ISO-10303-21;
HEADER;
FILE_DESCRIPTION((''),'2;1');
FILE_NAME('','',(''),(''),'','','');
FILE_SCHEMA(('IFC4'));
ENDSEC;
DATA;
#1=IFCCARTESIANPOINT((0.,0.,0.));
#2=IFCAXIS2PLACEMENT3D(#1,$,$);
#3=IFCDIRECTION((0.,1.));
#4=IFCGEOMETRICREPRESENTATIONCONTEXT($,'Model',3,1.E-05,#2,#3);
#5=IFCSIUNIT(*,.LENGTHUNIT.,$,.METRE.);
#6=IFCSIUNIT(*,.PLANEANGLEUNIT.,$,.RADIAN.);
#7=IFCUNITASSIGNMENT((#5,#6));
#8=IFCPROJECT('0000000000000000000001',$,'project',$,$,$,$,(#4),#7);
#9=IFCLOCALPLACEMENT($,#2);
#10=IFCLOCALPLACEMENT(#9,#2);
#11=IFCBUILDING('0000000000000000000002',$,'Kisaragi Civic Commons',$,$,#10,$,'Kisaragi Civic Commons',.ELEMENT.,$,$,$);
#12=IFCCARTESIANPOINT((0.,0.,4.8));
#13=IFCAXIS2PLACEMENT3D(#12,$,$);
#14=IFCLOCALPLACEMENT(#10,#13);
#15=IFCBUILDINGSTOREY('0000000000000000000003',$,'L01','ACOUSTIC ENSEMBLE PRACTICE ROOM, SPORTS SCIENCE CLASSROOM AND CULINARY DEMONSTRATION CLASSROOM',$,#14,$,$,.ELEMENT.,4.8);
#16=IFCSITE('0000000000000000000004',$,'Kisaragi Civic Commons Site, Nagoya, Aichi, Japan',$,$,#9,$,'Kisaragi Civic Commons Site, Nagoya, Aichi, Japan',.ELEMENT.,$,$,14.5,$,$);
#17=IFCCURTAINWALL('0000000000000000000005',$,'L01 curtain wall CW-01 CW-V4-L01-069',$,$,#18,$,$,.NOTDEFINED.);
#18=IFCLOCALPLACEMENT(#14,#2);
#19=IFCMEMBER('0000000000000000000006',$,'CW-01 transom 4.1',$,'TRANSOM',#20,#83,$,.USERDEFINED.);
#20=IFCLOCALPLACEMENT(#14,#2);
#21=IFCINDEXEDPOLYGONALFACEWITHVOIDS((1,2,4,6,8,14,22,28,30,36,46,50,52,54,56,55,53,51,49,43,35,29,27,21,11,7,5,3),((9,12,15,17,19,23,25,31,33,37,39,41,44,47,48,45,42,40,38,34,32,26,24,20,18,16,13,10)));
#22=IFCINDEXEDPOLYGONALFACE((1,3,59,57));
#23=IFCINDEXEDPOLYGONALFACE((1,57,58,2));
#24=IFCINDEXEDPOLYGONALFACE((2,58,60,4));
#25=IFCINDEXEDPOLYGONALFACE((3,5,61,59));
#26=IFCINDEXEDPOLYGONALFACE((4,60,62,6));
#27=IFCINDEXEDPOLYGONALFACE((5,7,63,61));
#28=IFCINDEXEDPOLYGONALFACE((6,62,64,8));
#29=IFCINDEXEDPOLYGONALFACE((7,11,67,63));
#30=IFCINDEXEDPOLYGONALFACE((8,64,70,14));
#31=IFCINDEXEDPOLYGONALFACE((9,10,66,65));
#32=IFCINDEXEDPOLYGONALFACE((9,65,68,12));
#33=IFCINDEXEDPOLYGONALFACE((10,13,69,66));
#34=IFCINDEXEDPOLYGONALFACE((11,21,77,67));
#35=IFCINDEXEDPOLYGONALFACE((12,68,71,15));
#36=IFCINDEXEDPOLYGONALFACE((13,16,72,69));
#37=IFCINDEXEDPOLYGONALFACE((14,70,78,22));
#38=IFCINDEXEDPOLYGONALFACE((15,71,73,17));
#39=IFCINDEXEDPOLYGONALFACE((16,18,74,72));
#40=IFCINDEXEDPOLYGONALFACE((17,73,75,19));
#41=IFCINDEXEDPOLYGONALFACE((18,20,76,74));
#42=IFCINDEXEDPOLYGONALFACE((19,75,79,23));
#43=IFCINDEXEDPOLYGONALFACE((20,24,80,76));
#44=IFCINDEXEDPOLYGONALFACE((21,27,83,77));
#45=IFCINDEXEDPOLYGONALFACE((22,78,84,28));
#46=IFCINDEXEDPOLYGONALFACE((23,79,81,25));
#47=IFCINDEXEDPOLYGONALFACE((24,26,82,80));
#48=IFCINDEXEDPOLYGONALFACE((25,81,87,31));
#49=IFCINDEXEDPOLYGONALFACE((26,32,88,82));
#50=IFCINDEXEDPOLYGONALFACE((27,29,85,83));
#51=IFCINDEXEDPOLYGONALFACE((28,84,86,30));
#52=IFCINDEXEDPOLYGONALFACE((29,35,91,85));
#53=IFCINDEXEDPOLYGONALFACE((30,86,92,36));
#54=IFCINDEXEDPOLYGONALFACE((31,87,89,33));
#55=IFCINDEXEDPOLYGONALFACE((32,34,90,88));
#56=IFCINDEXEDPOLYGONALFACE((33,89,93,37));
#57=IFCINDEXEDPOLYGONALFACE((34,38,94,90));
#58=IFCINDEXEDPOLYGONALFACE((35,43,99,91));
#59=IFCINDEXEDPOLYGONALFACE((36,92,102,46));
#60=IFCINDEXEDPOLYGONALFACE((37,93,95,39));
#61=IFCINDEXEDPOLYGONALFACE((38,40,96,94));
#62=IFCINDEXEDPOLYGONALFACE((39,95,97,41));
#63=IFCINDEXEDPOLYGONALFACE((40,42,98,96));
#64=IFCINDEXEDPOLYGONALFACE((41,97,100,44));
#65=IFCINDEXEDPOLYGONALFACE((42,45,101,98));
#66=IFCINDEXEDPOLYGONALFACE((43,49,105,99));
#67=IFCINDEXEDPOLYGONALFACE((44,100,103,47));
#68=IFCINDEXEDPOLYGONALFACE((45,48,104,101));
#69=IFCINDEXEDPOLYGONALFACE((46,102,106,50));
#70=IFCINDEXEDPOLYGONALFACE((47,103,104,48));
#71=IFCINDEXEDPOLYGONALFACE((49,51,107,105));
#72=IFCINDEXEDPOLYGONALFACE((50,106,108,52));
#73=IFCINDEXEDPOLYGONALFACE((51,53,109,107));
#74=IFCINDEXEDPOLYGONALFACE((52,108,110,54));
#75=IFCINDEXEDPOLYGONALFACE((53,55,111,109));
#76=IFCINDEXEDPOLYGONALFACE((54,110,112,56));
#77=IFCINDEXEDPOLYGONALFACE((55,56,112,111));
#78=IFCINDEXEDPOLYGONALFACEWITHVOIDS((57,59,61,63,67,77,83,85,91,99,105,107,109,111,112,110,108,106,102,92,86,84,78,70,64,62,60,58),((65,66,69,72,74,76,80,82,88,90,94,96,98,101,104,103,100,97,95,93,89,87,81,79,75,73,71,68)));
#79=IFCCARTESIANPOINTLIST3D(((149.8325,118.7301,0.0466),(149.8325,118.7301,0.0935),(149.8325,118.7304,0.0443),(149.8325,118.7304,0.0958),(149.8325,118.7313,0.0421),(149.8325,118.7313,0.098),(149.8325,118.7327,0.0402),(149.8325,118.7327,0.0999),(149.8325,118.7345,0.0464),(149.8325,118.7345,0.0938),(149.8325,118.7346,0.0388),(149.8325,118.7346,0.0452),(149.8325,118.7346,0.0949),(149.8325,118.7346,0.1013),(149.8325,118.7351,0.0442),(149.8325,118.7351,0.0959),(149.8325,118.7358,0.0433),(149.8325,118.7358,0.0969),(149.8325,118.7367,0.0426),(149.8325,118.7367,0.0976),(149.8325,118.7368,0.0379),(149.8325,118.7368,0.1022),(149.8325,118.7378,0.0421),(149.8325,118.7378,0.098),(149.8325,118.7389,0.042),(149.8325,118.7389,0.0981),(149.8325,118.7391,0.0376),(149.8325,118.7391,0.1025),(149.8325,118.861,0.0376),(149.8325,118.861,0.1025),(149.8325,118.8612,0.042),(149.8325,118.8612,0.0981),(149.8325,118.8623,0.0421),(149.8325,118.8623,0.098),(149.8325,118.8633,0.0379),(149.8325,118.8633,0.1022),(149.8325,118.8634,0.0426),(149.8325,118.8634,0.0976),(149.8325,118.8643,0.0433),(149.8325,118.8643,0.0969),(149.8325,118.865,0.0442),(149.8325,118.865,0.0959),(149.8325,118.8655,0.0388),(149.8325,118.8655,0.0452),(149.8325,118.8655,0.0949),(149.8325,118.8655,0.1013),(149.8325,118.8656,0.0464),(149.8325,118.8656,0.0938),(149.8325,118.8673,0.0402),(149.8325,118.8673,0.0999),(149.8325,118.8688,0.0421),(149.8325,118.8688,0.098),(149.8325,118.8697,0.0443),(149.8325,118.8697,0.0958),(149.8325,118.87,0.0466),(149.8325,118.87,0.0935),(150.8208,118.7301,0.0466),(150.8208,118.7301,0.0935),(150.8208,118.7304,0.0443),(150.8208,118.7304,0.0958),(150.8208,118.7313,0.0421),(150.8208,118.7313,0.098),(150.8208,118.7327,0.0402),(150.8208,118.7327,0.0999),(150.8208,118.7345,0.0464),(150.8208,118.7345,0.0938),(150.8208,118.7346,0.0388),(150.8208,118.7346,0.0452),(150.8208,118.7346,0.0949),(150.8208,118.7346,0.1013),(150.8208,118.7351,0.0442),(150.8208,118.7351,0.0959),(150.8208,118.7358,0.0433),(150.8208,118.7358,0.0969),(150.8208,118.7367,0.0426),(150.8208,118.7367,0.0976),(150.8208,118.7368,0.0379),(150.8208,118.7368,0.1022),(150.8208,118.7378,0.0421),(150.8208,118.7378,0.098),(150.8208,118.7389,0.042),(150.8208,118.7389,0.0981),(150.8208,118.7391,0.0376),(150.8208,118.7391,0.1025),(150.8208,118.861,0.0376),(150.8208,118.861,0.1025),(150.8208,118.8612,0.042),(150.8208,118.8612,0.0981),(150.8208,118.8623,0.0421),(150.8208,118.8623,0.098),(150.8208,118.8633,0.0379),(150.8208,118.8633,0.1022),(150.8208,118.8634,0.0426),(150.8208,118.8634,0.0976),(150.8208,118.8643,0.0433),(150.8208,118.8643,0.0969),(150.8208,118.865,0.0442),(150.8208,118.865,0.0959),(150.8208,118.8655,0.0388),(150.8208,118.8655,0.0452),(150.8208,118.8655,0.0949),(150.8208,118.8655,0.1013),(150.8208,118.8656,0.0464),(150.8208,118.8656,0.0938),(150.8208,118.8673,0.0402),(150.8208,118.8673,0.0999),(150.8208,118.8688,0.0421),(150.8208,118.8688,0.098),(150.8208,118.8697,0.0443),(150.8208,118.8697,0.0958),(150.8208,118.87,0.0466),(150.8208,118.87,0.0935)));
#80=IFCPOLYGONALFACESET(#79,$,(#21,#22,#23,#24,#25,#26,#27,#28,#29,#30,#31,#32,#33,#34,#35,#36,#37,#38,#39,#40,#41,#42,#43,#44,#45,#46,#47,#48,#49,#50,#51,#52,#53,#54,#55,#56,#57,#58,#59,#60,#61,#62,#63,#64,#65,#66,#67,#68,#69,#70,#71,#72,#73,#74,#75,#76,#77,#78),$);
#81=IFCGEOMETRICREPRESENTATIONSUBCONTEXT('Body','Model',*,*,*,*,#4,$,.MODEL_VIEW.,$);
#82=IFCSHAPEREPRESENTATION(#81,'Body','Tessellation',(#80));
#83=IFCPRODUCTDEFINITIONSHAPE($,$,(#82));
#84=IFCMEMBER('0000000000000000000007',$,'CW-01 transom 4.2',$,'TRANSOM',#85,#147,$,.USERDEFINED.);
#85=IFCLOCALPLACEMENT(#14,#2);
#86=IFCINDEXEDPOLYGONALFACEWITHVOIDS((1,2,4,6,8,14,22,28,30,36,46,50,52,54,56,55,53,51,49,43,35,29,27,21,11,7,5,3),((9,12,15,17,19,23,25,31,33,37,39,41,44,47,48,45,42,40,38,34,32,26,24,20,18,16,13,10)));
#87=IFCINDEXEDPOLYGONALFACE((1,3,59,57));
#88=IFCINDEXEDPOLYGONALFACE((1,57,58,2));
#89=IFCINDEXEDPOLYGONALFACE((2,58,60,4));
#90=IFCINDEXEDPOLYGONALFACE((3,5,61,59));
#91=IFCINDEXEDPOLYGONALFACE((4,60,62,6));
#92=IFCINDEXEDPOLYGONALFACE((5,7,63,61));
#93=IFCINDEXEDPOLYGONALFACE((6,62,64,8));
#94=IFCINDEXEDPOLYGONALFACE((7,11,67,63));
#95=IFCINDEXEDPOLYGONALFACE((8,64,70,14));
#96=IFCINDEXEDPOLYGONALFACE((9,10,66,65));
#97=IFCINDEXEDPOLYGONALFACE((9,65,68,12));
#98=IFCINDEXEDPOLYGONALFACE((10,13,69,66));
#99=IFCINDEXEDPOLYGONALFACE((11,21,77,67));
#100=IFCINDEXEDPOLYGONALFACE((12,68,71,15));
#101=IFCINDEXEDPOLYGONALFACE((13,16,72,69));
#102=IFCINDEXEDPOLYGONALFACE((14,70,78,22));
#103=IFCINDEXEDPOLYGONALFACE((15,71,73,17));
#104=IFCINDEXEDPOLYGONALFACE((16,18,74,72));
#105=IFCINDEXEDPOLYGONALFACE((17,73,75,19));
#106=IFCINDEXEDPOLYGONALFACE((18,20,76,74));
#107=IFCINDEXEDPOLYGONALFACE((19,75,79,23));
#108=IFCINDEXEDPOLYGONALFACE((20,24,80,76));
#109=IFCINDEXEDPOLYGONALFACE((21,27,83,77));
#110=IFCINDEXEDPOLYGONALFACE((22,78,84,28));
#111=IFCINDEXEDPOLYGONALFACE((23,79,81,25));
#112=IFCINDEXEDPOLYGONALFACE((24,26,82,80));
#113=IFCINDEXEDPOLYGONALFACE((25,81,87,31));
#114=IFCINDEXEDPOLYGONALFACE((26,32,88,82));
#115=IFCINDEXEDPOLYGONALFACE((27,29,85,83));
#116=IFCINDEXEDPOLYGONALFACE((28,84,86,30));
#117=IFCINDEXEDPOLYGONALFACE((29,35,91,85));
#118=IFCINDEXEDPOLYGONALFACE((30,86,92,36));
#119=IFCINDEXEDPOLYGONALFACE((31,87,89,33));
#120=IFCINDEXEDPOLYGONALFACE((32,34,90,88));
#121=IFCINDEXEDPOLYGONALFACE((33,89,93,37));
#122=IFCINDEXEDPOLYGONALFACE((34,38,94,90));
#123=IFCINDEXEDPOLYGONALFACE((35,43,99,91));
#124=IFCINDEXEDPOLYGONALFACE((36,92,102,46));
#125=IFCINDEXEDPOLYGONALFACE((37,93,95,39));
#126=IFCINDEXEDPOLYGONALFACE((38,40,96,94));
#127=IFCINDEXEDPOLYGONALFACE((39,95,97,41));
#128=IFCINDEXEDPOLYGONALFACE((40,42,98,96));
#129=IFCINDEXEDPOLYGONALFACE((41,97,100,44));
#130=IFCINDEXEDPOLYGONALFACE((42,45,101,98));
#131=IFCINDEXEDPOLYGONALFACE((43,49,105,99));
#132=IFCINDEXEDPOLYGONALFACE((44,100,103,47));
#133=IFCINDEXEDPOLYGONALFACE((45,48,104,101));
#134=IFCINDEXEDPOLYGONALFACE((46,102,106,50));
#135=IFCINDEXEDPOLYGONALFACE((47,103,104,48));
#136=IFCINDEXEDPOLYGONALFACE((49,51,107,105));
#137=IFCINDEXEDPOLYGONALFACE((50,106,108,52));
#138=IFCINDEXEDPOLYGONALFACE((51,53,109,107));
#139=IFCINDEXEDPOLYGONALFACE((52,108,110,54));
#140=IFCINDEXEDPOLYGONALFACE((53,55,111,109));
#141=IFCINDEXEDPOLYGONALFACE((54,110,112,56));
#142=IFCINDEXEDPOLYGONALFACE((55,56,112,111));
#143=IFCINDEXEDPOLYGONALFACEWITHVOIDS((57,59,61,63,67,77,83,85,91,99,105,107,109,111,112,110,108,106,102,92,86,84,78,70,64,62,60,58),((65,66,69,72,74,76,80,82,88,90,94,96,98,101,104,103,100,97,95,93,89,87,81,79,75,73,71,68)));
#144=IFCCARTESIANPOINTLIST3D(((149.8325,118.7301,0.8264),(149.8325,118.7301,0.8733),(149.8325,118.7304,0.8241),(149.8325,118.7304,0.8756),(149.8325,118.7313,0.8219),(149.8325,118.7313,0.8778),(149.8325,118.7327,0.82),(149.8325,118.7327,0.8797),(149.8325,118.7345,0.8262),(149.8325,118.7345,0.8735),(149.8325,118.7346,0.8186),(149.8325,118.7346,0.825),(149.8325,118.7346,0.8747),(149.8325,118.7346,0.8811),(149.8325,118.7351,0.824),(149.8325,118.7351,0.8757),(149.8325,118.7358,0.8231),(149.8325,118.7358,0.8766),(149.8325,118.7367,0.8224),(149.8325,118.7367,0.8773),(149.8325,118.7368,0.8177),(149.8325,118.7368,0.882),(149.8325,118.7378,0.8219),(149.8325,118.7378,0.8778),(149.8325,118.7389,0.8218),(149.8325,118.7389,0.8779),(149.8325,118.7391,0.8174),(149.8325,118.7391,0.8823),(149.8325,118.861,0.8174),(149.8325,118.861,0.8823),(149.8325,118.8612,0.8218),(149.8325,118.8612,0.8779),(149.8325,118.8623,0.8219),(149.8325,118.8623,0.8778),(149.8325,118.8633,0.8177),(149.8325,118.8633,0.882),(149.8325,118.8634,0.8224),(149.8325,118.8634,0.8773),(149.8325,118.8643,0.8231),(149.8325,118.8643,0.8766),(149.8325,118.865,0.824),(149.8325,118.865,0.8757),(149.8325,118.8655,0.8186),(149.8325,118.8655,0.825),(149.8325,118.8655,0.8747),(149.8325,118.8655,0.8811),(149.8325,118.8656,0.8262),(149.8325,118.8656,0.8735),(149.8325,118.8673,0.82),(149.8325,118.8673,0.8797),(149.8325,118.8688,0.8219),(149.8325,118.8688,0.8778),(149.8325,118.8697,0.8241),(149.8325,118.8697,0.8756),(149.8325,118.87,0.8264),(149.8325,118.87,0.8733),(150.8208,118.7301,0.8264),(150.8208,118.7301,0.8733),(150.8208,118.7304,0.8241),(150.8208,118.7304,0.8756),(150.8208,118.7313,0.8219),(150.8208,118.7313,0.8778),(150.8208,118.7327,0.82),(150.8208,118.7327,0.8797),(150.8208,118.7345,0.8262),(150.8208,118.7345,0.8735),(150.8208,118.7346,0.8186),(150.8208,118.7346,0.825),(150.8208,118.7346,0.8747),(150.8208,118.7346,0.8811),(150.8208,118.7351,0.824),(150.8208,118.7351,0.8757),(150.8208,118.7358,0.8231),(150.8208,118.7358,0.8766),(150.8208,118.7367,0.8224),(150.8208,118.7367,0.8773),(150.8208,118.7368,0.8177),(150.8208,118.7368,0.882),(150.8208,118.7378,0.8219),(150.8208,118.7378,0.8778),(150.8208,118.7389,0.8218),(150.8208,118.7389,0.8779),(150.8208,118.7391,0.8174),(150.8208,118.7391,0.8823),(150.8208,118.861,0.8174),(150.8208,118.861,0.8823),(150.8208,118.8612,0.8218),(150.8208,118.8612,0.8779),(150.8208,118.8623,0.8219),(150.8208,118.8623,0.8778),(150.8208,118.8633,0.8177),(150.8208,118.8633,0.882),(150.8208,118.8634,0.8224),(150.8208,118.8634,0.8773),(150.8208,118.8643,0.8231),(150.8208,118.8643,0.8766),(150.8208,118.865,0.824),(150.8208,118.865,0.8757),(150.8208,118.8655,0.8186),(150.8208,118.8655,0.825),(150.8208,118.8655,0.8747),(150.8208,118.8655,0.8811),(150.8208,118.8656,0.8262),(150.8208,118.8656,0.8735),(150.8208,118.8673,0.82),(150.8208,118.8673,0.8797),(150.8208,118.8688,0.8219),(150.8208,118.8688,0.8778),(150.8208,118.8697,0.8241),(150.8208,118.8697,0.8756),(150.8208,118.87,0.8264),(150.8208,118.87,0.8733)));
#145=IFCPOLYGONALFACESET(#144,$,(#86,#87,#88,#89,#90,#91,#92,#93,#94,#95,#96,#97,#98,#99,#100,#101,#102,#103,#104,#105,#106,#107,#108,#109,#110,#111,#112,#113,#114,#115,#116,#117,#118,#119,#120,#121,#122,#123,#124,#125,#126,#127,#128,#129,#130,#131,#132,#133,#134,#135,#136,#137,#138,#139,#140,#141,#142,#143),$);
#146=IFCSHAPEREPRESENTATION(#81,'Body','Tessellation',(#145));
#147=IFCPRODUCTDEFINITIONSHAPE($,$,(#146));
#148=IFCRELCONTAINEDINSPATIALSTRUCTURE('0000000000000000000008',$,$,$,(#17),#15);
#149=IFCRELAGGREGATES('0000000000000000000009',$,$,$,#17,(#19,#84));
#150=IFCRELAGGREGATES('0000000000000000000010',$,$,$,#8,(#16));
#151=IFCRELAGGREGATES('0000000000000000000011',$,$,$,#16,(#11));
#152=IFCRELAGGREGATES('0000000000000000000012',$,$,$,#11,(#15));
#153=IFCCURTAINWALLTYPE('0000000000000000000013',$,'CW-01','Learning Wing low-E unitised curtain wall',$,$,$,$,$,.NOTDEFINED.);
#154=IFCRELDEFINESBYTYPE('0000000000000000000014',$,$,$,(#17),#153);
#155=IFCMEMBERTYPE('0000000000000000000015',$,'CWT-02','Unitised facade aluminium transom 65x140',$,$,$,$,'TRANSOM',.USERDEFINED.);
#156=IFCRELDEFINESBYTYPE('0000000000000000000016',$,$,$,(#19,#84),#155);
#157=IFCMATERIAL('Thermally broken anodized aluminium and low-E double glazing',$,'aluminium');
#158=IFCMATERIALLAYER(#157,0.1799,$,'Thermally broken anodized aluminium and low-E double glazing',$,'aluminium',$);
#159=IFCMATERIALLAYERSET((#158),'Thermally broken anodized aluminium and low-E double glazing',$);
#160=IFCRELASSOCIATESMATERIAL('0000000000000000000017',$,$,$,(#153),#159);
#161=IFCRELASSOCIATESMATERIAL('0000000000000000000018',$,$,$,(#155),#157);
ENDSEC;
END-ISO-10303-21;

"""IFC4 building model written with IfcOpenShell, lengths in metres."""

from ifc_helpers import new_model, si_unit, direction, frame, origin, origin_2d, place, context, subcontext, project, spatial, hollow_rectangle, extrude, material, layer, layer_set, material_profile, profile_set, type_object, element, aggregate, save


model = new_model("IFC4")

# Units and contexts
model_context = context("Model", 3, precision=1e-05, world=origin(), true_north=direction((0.0, 1.0)))
body_context = subcontext(model_context, "Body", "Model", "MODEL_VIEW")
ifc_project = project(units=[si_unit("LENGTHUNIT", "METRE"), si_unit("PLANEANGLEUNIT", "RADIAN")], contexts=[model_context])

# Site, building, storey
site_placement = place(None, origin())
site = spatial("IfcSite", under=ifc_project, at=site_placement, Name="Kisaragi Civic Commons Site, Nagoya, Aichi, Japan", LongName="Kisaragi Civic Commons Site, Nagoya, Aichi, Japan", CompositionType="ELEMENT", RefElevation=14.5)
building_placement = place(site_placement, origin())
building = spatial("IfcBuilding", under=site, at=building_placement, Name="Kisaragi Civic Commons", LongName="Kisaragi Civic Commons", CompositionType="ELEMENT")
storey_placement = place(building_placement, frame((0.0, 0.0, 4.8)))
storey = spatial("IfcBuildingStorey", under=building, at=storey_placement, Name="L01", Description="ACOUSTIC ENSEMBLE PRACTICE ROOM, SPORTS SCIENCE CLASSROOM AND CULINARY DEMONSTRATION CLASSROOM", CompositionType="ELEMENT", Elevation=4.8)

# Curtain wall, members
ifc_material = material(Name="Thermally broken anodized aluminium and low-E double glazing", Category="aluminium")
ifc_layer_1 = layer(ifc_material, 0.1799, Name="Thermally broken anodized aluminium and low-E double glazing", Category="aluminium")
ifc_layer_set_1 = layer_set([ifc_layer_1], Name="Thermally broken anodized aluminium and low-E double glazing")
curtain_wall_type = type_object("IfcCurtainWallType", Name="CW-01", Description="Learning Wing low-E unitised curtain wall", PredefinedType="NOTDEFINED", material=ifc_layer_set_1)
curtain_wall_placement = place(storey_placement, origin())
curtain_wall = element("IfcCurtainWall", 1, at=curtain_wall_placement, inside=storey, type_object=curtain_wall_type, Name="L01 curtain wall CW-01 CW-V4-L01-069", PredefinedType="NOTDEFINED")
ifc_material_profile_1 = material_profile(ifc_material, hollow_rectangle(XDim=0.1399, YDim=0.0649, WallThickness=0.0044, InnerFilletRadius=0.0044, OuterFilletRadius=0.009, at=origin_2d()), Name="CWT-65x140x4.5", Category="aluminium")
ifc_profile_set_1 = profile_set([ifc_material_profile_1], Name="Thermally broken anodized aluminium and low-E double glazing")
member_type_1 = type_object("IfcMemberType", Name="CWT-02", Description="Unitised facade aluminium transom 65x140", ElementType="TRANSOM", PredefinedType="USERDEFINED", material=ifc_profile_set_1)
member_1_placement = place(storey_placement, frame((149.8325, 118.8, 0.0701), z_axis=(1.0, 0.0, 0.0), x_axis=(0.0, 1.0, 0.0)))
member_1 = element("IfcMember", 2, at=member_1_placement, type_object=member_type_1, Name="CW-01 transom 4.1", ObjectType="TRANSOM", PredefinedType="USERDEFINED", context=body_context, shape_type="SweptSolid", body=[
    extrude(hollow_rectangle(XDim=0.1399, YDim=0.0649, WallThickness=0.0044, InnerFilletRadius=0.0044, OuterFilletRadius=0.009, at=origin_2d()), origin(), (0.0, 0.0, 1.0), 0.9883),
])
member_2_placement = place(storey_placement, frame((149.8325, 118.8, 0.8499), z_axis=(1.0, 0.0, 0.0), x_axis=(0.0, 1.0, 0.0)))
member_2 = element("IfcMember", 3, at=member_2_placement, type_object=member_type_1, Name="CW-01 transom 4.2", ObjectType="TRANSOM", PredefinedType="USERDEFINED", context=body_context, shape_type="SweptSolid", body=[
    extrude(hollow_rectangle(XDim=0.1399, YDim=0.0649, WallThickness=0.0044, InnerFilletRadius=0.0044, OuterFilletRadius=0.009, at=origin_2d()), origin(), (0.0, 0.0, 1.0), 0.9883),
])
aggregate(curtain_wall, [member_1, member_2])

save(model, "model.ifc")
